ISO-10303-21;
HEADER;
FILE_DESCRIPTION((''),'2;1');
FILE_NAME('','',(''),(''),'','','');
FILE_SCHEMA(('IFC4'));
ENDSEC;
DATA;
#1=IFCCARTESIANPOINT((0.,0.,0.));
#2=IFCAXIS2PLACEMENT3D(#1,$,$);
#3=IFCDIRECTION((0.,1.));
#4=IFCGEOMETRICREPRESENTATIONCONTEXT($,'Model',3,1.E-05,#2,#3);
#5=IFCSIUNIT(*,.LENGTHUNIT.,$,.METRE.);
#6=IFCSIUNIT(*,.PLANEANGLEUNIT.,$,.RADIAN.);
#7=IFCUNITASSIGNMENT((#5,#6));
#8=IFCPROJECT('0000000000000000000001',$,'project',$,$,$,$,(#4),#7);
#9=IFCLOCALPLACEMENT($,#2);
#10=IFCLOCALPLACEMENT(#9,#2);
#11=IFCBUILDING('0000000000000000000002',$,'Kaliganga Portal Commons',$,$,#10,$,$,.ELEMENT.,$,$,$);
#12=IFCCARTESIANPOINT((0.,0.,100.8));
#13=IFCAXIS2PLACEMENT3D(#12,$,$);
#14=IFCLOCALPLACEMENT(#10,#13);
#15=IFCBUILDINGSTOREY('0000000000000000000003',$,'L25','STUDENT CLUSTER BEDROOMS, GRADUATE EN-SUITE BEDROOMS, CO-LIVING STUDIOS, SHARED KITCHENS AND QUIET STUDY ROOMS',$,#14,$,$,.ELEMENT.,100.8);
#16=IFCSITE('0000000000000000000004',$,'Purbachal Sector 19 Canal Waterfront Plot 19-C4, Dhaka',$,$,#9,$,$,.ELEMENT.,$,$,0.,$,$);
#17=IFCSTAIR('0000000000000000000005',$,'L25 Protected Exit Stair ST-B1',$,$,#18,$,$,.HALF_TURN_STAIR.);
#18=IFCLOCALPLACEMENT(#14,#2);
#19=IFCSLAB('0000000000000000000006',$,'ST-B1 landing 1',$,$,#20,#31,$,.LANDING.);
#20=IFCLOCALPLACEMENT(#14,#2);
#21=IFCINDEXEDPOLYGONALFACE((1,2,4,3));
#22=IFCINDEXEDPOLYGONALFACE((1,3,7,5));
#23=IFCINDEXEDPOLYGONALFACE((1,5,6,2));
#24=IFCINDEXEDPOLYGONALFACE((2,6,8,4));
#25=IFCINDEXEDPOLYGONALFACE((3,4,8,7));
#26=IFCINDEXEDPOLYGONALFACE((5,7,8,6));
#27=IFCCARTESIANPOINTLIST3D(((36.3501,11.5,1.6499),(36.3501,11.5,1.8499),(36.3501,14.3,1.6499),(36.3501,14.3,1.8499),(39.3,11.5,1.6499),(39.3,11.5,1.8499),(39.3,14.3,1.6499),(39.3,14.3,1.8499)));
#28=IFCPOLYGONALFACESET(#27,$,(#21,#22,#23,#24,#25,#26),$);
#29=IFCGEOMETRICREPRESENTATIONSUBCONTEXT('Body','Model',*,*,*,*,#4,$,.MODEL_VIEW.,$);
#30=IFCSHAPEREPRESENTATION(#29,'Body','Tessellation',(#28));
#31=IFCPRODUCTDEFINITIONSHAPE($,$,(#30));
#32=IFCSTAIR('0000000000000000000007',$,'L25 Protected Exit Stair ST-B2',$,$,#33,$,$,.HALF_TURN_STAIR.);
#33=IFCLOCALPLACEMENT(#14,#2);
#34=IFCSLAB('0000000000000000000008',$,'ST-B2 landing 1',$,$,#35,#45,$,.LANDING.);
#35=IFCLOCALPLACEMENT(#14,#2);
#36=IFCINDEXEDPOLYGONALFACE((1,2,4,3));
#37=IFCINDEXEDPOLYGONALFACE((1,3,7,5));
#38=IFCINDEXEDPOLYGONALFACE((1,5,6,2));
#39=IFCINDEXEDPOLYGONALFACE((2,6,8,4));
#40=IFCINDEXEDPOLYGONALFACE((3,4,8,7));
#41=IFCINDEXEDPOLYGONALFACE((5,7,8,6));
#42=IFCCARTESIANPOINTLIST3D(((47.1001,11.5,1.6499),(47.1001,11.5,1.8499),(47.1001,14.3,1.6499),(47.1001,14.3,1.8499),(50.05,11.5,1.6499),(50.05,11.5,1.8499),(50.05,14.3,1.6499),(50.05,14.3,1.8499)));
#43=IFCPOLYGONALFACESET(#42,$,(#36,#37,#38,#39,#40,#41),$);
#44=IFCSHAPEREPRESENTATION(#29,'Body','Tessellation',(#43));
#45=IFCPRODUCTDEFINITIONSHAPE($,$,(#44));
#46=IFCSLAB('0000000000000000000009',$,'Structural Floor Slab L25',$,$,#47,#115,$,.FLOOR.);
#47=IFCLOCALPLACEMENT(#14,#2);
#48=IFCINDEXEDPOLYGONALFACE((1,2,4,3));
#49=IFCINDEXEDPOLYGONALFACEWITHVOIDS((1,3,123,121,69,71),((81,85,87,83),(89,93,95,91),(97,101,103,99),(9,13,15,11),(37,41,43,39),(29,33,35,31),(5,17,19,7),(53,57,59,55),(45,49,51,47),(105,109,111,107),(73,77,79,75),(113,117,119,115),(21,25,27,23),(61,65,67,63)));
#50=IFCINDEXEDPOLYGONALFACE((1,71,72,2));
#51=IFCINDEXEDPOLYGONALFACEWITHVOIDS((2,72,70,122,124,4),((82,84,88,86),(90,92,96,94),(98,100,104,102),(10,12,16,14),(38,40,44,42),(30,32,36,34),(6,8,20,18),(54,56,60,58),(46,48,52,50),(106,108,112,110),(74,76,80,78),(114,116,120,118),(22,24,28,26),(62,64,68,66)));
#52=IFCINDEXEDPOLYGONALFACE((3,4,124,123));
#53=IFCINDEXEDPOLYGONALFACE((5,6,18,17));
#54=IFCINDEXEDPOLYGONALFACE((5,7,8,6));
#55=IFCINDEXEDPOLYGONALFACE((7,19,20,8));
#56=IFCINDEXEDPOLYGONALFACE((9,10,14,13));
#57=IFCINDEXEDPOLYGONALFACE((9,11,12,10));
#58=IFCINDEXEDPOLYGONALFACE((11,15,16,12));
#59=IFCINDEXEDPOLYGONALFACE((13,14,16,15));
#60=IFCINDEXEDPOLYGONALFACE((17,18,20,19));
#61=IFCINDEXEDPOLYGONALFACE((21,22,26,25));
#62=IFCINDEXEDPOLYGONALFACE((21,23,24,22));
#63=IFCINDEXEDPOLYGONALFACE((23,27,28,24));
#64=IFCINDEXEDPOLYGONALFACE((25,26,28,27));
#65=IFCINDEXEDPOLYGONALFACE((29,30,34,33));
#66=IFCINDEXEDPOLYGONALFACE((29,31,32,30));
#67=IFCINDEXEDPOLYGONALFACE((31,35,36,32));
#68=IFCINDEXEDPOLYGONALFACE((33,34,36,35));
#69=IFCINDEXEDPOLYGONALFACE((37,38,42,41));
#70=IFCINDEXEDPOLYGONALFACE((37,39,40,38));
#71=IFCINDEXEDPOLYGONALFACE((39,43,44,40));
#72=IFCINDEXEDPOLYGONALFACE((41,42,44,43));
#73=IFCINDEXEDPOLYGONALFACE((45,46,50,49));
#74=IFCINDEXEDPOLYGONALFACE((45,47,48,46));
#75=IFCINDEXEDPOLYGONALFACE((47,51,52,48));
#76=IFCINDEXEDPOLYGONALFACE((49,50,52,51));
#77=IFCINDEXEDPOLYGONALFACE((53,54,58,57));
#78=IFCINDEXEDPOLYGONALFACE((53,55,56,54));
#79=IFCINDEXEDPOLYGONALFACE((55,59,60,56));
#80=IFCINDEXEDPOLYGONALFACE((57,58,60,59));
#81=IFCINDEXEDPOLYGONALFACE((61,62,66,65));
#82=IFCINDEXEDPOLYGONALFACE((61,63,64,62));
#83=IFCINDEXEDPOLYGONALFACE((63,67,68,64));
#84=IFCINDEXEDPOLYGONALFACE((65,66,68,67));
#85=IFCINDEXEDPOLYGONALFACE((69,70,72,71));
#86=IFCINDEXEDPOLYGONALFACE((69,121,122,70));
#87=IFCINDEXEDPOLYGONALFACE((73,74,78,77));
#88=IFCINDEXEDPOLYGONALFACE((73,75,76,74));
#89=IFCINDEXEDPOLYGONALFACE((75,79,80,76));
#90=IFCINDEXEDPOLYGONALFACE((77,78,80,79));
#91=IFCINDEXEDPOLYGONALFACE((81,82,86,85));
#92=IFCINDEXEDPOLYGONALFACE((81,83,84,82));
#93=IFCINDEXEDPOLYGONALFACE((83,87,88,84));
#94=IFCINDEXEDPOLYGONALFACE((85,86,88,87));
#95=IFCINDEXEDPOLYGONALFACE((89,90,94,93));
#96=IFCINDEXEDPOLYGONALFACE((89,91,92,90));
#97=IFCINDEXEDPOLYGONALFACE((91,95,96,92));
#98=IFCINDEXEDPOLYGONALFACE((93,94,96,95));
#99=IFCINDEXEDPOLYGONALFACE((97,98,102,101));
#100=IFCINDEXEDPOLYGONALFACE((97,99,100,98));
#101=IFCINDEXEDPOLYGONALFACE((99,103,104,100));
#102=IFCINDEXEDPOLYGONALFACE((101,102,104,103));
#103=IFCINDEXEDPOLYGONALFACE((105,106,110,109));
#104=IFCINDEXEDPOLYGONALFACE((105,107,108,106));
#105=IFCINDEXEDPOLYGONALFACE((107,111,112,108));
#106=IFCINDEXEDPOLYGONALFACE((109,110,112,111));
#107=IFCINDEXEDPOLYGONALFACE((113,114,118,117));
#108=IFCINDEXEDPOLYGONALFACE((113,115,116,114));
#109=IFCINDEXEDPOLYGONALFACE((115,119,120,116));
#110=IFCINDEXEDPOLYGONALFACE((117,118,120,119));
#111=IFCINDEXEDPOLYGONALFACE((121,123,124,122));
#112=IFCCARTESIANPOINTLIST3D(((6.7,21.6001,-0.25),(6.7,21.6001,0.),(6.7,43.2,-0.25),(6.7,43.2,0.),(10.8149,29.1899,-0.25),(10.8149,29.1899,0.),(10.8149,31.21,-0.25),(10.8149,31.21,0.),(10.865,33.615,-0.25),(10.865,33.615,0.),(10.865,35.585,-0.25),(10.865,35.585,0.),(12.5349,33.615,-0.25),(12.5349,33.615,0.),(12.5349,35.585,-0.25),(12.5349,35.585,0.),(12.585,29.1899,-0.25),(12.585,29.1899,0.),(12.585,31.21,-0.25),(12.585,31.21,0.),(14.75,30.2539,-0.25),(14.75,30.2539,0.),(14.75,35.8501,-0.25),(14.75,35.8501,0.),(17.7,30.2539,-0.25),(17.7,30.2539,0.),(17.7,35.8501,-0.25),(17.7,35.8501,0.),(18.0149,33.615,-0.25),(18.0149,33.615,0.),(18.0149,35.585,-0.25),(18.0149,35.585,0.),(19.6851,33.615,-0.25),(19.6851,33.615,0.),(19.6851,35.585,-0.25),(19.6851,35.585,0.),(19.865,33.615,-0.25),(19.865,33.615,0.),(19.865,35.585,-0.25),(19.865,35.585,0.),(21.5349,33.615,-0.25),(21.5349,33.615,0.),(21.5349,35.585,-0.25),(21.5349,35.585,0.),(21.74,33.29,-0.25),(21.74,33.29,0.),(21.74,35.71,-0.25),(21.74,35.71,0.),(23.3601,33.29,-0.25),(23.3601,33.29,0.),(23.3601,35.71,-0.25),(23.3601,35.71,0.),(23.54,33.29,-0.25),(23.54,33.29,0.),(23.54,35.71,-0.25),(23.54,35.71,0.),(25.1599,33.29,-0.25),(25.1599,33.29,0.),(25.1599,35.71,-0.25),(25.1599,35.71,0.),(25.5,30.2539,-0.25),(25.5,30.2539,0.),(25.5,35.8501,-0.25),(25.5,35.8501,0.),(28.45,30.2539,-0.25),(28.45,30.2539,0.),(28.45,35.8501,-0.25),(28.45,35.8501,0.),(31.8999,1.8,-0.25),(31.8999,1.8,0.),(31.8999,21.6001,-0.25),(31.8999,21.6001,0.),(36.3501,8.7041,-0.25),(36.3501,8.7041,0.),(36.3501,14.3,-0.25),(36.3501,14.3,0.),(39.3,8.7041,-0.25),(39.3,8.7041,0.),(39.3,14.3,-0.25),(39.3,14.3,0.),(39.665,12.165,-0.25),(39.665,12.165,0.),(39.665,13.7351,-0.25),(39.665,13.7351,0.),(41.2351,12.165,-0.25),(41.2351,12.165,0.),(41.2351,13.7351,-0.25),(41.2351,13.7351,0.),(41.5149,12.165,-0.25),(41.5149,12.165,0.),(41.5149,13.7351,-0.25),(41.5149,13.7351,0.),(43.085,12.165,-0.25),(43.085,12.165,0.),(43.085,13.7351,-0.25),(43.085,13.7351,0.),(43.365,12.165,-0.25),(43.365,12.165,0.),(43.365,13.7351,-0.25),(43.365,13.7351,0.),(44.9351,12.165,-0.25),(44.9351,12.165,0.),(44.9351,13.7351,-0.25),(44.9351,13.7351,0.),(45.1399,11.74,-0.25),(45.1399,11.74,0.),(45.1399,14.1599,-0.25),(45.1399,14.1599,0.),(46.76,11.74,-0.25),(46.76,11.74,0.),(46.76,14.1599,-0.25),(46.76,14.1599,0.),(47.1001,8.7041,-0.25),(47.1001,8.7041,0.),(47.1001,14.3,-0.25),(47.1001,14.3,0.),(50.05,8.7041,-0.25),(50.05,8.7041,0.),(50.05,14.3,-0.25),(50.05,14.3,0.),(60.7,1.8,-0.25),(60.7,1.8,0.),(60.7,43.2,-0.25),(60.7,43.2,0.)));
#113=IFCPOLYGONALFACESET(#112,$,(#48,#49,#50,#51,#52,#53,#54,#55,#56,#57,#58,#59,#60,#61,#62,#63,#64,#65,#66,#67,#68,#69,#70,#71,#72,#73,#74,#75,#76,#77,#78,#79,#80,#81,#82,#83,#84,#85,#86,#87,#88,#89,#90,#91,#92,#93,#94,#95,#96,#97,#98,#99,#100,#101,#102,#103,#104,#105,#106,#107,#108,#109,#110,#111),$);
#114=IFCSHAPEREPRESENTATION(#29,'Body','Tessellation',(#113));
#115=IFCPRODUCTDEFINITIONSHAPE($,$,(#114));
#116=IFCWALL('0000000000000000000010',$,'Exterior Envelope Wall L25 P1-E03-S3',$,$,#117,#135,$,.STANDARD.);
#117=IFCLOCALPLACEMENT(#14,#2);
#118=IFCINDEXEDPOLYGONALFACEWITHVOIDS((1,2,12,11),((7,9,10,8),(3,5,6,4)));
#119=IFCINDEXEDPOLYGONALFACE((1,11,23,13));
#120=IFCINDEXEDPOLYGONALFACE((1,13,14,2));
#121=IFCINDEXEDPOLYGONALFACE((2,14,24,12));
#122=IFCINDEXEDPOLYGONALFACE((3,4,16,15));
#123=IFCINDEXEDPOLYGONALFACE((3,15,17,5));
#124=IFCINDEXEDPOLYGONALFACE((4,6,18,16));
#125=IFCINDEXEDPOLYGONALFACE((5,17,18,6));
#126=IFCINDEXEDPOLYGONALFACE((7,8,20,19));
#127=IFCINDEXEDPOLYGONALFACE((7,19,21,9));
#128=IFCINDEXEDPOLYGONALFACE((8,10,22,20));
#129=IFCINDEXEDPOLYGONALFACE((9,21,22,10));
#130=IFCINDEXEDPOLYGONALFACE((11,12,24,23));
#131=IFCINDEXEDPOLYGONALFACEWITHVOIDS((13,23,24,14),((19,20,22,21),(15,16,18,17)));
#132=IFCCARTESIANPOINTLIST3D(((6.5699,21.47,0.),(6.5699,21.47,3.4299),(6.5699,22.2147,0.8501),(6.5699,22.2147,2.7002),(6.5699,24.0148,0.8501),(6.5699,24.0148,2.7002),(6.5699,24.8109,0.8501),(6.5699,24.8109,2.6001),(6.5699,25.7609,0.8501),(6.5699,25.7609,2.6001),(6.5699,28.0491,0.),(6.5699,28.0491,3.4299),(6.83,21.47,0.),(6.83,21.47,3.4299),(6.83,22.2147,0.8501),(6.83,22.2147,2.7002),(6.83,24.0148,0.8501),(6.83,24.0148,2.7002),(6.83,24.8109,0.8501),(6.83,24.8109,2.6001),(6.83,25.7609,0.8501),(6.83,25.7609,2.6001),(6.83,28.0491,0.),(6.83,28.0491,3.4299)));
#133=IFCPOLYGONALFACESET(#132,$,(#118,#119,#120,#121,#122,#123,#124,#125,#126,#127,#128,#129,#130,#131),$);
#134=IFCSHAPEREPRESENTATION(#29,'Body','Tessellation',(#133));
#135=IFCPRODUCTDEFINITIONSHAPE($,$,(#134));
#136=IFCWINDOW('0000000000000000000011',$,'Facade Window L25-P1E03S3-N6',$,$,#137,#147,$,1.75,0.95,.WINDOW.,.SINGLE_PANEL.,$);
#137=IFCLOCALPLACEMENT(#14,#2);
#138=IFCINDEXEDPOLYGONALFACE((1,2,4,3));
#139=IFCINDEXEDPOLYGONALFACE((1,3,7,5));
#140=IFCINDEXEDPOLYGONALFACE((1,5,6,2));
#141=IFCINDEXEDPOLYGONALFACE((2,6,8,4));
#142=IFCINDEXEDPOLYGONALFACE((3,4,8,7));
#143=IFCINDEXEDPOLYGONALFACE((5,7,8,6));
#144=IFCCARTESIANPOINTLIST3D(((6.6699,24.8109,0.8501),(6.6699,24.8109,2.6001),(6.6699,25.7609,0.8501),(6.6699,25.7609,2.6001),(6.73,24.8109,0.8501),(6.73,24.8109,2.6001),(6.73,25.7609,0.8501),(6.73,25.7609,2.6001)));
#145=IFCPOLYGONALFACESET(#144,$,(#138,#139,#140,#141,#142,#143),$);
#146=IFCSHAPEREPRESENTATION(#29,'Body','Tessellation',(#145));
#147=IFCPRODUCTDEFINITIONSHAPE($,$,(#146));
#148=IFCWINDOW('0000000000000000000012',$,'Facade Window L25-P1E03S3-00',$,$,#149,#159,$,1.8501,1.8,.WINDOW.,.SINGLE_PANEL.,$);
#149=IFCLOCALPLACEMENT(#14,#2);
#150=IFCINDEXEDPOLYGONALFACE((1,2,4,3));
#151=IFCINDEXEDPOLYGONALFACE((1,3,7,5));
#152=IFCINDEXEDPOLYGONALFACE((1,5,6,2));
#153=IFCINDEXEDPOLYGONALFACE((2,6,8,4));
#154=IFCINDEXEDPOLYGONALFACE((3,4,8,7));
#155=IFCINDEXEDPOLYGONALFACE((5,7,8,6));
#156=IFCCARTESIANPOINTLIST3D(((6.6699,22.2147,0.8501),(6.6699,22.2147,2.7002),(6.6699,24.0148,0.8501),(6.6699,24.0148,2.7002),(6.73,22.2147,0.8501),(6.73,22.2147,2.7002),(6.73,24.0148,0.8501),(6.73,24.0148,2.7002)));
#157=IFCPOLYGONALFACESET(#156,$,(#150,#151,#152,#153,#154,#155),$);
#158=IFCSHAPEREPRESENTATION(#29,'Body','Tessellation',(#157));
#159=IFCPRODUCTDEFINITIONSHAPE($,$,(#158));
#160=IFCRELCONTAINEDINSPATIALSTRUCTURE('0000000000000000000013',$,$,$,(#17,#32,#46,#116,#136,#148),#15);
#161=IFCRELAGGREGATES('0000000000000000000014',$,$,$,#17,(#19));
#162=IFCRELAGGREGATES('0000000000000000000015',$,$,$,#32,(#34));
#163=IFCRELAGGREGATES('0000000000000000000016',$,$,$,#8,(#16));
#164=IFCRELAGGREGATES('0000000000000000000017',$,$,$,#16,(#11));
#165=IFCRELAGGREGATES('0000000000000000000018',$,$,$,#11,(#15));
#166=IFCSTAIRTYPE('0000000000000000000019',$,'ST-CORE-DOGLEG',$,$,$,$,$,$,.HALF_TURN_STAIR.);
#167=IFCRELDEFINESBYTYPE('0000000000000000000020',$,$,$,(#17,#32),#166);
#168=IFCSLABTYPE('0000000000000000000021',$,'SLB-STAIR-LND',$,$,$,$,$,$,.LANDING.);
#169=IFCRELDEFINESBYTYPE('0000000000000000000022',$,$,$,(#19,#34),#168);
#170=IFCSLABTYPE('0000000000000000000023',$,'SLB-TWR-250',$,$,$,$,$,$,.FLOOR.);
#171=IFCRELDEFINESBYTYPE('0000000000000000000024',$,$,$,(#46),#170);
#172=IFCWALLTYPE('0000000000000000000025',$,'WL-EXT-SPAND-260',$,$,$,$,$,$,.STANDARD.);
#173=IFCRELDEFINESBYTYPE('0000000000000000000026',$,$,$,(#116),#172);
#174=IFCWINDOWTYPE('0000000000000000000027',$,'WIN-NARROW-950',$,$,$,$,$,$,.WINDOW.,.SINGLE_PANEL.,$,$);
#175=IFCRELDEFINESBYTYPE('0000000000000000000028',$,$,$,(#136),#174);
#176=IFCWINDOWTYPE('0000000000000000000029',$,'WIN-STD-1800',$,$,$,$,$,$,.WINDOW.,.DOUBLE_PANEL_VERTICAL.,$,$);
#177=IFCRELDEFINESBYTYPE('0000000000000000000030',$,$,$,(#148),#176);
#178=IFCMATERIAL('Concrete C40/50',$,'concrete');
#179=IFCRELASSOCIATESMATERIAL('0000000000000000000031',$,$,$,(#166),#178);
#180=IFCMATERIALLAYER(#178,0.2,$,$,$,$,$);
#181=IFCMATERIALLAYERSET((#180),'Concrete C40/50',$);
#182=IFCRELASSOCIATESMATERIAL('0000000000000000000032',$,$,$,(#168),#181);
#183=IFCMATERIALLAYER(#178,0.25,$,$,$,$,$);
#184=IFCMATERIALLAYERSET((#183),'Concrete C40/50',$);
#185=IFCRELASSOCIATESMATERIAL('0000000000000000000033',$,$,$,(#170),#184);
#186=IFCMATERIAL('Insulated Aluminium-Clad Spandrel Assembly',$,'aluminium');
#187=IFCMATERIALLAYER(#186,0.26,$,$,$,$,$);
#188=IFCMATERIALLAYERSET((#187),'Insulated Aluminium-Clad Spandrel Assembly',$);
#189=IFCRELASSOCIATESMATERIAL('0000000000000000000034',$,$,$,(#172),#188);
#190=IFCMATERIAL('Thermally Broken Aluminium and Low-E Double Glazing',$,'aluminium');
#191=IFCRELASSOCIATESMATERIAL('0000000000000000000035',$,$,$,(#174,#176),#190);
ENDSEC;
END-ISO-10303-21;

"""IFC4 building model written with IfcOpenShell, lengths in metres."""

from ifc_helpers import new_model, si_unit, direction, frame, frame_2d, origin, place, context, subcontext, project, spatial, polyline, rectangle, outline, extrude, material, layer, layer_set, type_object, element, fill, aggregate, save


model = new_model("IFC4")

# Units and contexts
model_context = context("Model", 3, precision=1e-05, world=origin(), true_north=direction((0.0, 1.0)))
body_context = subcontext(model_context, "Body", "Model", "MODEL_VIEW")
ifc_project = project(units=[si_unit("LENGTHUNIT", "METRE"), si_unit("PLANEANGLEUNIT", "RADIAN")], contexts=[model_context])

# Site, building, storey
site_placement = place(None, origin())
site = spatial("IfcSite", under=ifc_project, at=site_placement, Name="Purbachal Sector 19 Canal Waterfront Plot 19-C4, Dhaka", CompositionType="ELEMENT", RefElevation=0.0)
building_placement = place(site_placement, origin())
building = spatial("IfcBuilding", under=site, at=building_placement, Name="Kaliganga Portal Commons", CompositionType="ELEMENT")
storey_placement = place(building_placement, frame((0.0, 0.0, 100.8)))
storey = spatial("IfcBuildingStorey", under=building, at=storey_placement, Name="L25", Description="STUDENT CLUSTER BEDROOMS, GRADUATE EN-SUITE BEDROOMS, CO-LIVING STUDIOS, SHARED KITCHENS AND QUIET STUDY ROOMS", CompositionType="ELEMENT", Elevation=100.8)

# Shared definitions
ifc_material_1 = material(Name="Concrete C40/50", Category="concrete")

# Stairs, slabs
stair_type = type_object("IfcStairType", Name="ST-CORE-DOGLEG", PredefinedType="HALF_TURN_STAIR", material=ifc_material_1)
ifc_layer_1 = layer(ifc_material_1, 0.2)
ifc_layer_set_1 = layer_set([ifc_layer_1], Name="Concrete C40/50")
slab_type_1 = type_object("IfcSlabType", Name="SLB-STAIR-LND", PredefinedType="LANDING", material=ifc_layer_set_1)
stair_1_placement = place(storey_placement, origin())
stair_1 = element("IfcStair", 1, at=stair_1_placement, inside=storey, type_object=stair_type, Name="L25 Protected Exit Stair ST-B1", PredefinedType="HALF_TURN_STAIR")
slab_1_placement = place(storey_placement, frame((0.0, 0.0, 1.6499)))
slab_1 = element("IfcSlab", 2, at=slab_1_placement, type_object=slab_type_1, Name="ST-B1 landing 1", PredefinedType="LANDING", context=body_context, shape_type="SweptSolid", body=[
    extrude(outline(polyline([(39.3, 11.5), (39.3, 14.3), (36.3501, 14.3), (36.3501, 11.5), (39.3, 11.5)])), origin(), (0.0, 0.0, 1.0), 0.2),
])
aggregate(stair_1, [slab_1])
stair_2_placement = place(storey_placement, origin())
stair_2 = element("IfcStair", 3, at=stair_2_placement, inside=storey, type_object=stair_type, Name="L25 Protected Exit Stair ST-B2", PredefinedType="HALF_TURN_STAIR")
slab_2_placement = place(storey_placement, frame((0.0, 0.0, 1.6499)))
slab_2 = element("IfcSlab", 4, at=slab_2_placement, type_object=slab_type_1, Name="ST-B2 landing 1", PredefinedType="LANDING", context=body_context, shape_type="SweptSolid", body=[
    extrude(outline(polyline([(50.05, 11.5), (50.05, 14.3), (47.1001, 14.3), (47.1001, 11.5), (50.05, 11.5)])), origin(), (0.0, 0.0, 1.0), 0.2),
])
aggregate(stair_2, [slab_2])

# Slab
ifc_layer_2 = layer(ifc_material_1, 0.25)
ifc_layer_set_2 = layer_set([ifc_layer_2], Name="Concrete C40/50")
slab_type_2 = type_object("IfcSlabType", Name="SLB-TWR-250", PredefinedType="FLOOR", material=ifc_layer_set_2)
slab_3_placement = place(storey_placement, frame((0.0, 0.0, -0.25)))
element("IfcSlab", 5, at=slab_3_placement, inside=storey, type_object=slab_type_2, Name="Structural Floor Slab L25", PredefinedType="FLOOR", context=body_context, shape_type="SweptSolid", body=[
    extrude(outline(polyline([(31.8999, 1.8), (60.7, 1.8), (60.7, 43.2), (6.7, 43.2), (6.7, 21.6001), (31.8999, 21.6001), (31.8999, 1.8)]), holes=[polyline([(14.75, 30.2539), (14.75, 35.8501), (17.7, 35.8501), (17.7, 30.2539), (14.75, 30.2539)]), polyline([(25.5, 30.2539), (25.5, 35.8501), (28.45, 35.8501), (28.45, 30.2539), (25.5, 30.2539)]), polyline([(36.3501, 8.7041), (36.3501, 14.3), (39.3, 14.3), (39.3, 8.7041), (36.3501, 8.7041)]), polyline([(47.1001, 8.7041), (47.1001, 14.3), (50.05, 14.3), (50.05, 8.7041), (47.1001, 8.7041)]), polyline([(18.0149, 33.615), (18.0149, 35.585), (19.6851, 35.585), (19.6851, 33.615), (18.0149, 33.615)]), polyline([(19.865, 33.615), (19.865, 35.585), (21.5349, 35.585), (21.5349, 33.615), (19.865, 33.615)]), polyline([(10.8149, 29.1899), (10.8149, 31.21), (12.585, 31.21), (12.585, 29.1899), (10.8149, 29.1899)]), polyline([(10.865, 33.615), (10.865, 35.585), (12.5349, 35.585), (12.5349, 33.615), (10.865, 33.615)]), polyline([(21.74, 33.29), (21.74, 35.71), (23.3601, 35.71), (23.3601, 33.29), (21.74, 33.29)]), polyline([(23.54, 33.29), (23.54, 35.71), (25.1599, 35.71), (25.1599, 33.29), (23.54, 33.29)]), polyline([(39.665, 12.165), (39.665, 13.7351), (41.2351, 13.7351), (41.2351, 12.165), (39.665, 12.165)]), polyline([(41.5149, 12.165), (41.5149, 13.7351), (43.085, 13.7351), (43.085, 12.165), (41.5149, 12.165)]), polyline([(43.365, 12.165), (43.365, 13.7351), (44.9351, 13.7351), (44.9351, 12.165), (43.365, 12.165)]), polyline([(45.1399, 11.74), (45.1399, 14.1599), (46.76, 14.1599), (46.76, 11.74), (45.1399, 11.74)])]), origin(), (0.0, 0.0, 1.0), 0.25),
])

# Wall, openings, windows
ifc_material_2 = material(Name="Insulated Aluminium-Clad Spandrel Assembly", Category="aluminium")
ifc_layer_3 = layer(ifc_material_2, 0.26)
ifc_layer_set_3 = layer_set([ifc_layer_3], Name="Insulated Aluminium-Clad Spandrel Assembly")
wall_type_1 = type_object("IfcWallType", Name="WL-EXT-SPAND-260", PredefinedType="STANDARD", material=ifc_layer_set_3)
wall_1_placement = place(storey_placement, frame((6.7, 21.47, 0.0), z_axis=(0.0, 0.0, 1.0), x_axis=(0.0, 1.0, 0.0)))
wall_1 = element("IfcWall", 6, at=wall_1_placement, inside=storey, type_object=wall_type_1, Name="Exterior Envelope Wall L25 P1-E03-S3", PredefinedType="STANDARD", context=body_context, shape_type="SweptSolid", body=[
    extrude(rectangle(XDim=6.5791, YDim=0.26, at=frame_2d((3.2896, 0.0))), origin(), (0.0, 0.0, 1.0), 3.4299),
])
opening_1_placement = place(wall_1_placement, frame((0.7449, 0.0, 0.8501)))
opening_1 = element("IfcOpeningElement", 7, at=opening_1_placement, cuts=wall_1, PredefinedType="OPENING", context=body_context, shape_type="SweptSolid", body=[
    extrude(rectangle(XDim=1.8, YDim=1.8501, at=frame_2d((0.8999, 0.925))), frame((0.0, 0.1401, 0.0), z_axis=(0.0, -1.0, 0.0), x_axis=(1.0, 0.0, 0.0)), (0.0, 0.0, 1.0), 0.28),
])
opening_2_placement = place(wall_1_placement, frame((3.3408, 0.0, 0.8501)))
opening_2 = element("IfcOpeningElement", 8, at=opening_2_placement, cuts=wall_1, PredefinedType="OPENING", context=body_context, shape_type="SweptSolid", body=[
    extrude(rectangle(XDim=0.95, YDim=1.75, at=frame_2d((0.4751, 0.875))), frame((0.0, 0.1401, 0.0), z_axis=(0.0, -1.0, 0.0), x_axis=(1.0, 0.0, 0.0)), (0.0, 0.0, 1.0), 0.28),
])
ifc_material_3 = material(Name="Thermally Broken Aluminium and Low-E Double Glazing", Category="aluminium")
window_type_1 = type_object("IfcWindowType", Name="WIN-NARROW-950", PartitioningType="SINGLE_PANEL", PredefinedType="WINDOW", material=ifc_material_3)
window_1_placement = place(opening_2_placement, origin())
window_1 = element("IfcWindow", 9, at=window_1_placement, inside=storey, type_object=window_type_1, Name="Facade Window L25-P1E03S3-N6", OverallHeight=1.75, OverallWidth=0.95, PartitioningType="SINGLE_PANEL", PredefinedType="WINDOW", context=body_context, shape_type="SweptSolid", body=[
    extrude(rectangle(XDim=0.95, YDim=1.75, at=frame_2d((0.4751, 0.875))), frame((0.0, 0.03, 0.0), z_axis=(0.0, -1.0, 0.0), x_axis=(1.0, 0.0, 0.0)), (0.0, 0.0, 1.0), 0.0601),
])
fill(opening_2, window_1)
window_type_2 = type_object("IfcWindowType", Name="WIN-STD-1800", PartitioningType="DOUBLE_PANEL_VERTICAL", PredefinedType="WINDOW", material=ifc_material_3)
window_2_placement = place(opening_1_placement, origin())
window_2 = element("IfcWindow", 10, at=window_2_placement, inside=storey, type_object=window_type_2, Name="Facade Window L25-P1E03S3-00", OverallHeight=1.8501, OverallWidth=1.8, PartitioningType="SINGLE_PANEL", PredefinedType="WINDOW", context=body_context, shape_type="SweptSolid", body=[
    extrude(rectangle(XDim=1.8, YDim=1.8501, at=frame_2d((0.8999, 0.925))), frame((0.0, 0.03, 0.0), z_axis=(0.0, -1.0, 0.0), x_axis=(1.0, 0.0, 0.0)), (0.0, 0.0, 1.0), 0.0601),
])
fill(opening_1, window_2)

save(model, "model.ifc")
